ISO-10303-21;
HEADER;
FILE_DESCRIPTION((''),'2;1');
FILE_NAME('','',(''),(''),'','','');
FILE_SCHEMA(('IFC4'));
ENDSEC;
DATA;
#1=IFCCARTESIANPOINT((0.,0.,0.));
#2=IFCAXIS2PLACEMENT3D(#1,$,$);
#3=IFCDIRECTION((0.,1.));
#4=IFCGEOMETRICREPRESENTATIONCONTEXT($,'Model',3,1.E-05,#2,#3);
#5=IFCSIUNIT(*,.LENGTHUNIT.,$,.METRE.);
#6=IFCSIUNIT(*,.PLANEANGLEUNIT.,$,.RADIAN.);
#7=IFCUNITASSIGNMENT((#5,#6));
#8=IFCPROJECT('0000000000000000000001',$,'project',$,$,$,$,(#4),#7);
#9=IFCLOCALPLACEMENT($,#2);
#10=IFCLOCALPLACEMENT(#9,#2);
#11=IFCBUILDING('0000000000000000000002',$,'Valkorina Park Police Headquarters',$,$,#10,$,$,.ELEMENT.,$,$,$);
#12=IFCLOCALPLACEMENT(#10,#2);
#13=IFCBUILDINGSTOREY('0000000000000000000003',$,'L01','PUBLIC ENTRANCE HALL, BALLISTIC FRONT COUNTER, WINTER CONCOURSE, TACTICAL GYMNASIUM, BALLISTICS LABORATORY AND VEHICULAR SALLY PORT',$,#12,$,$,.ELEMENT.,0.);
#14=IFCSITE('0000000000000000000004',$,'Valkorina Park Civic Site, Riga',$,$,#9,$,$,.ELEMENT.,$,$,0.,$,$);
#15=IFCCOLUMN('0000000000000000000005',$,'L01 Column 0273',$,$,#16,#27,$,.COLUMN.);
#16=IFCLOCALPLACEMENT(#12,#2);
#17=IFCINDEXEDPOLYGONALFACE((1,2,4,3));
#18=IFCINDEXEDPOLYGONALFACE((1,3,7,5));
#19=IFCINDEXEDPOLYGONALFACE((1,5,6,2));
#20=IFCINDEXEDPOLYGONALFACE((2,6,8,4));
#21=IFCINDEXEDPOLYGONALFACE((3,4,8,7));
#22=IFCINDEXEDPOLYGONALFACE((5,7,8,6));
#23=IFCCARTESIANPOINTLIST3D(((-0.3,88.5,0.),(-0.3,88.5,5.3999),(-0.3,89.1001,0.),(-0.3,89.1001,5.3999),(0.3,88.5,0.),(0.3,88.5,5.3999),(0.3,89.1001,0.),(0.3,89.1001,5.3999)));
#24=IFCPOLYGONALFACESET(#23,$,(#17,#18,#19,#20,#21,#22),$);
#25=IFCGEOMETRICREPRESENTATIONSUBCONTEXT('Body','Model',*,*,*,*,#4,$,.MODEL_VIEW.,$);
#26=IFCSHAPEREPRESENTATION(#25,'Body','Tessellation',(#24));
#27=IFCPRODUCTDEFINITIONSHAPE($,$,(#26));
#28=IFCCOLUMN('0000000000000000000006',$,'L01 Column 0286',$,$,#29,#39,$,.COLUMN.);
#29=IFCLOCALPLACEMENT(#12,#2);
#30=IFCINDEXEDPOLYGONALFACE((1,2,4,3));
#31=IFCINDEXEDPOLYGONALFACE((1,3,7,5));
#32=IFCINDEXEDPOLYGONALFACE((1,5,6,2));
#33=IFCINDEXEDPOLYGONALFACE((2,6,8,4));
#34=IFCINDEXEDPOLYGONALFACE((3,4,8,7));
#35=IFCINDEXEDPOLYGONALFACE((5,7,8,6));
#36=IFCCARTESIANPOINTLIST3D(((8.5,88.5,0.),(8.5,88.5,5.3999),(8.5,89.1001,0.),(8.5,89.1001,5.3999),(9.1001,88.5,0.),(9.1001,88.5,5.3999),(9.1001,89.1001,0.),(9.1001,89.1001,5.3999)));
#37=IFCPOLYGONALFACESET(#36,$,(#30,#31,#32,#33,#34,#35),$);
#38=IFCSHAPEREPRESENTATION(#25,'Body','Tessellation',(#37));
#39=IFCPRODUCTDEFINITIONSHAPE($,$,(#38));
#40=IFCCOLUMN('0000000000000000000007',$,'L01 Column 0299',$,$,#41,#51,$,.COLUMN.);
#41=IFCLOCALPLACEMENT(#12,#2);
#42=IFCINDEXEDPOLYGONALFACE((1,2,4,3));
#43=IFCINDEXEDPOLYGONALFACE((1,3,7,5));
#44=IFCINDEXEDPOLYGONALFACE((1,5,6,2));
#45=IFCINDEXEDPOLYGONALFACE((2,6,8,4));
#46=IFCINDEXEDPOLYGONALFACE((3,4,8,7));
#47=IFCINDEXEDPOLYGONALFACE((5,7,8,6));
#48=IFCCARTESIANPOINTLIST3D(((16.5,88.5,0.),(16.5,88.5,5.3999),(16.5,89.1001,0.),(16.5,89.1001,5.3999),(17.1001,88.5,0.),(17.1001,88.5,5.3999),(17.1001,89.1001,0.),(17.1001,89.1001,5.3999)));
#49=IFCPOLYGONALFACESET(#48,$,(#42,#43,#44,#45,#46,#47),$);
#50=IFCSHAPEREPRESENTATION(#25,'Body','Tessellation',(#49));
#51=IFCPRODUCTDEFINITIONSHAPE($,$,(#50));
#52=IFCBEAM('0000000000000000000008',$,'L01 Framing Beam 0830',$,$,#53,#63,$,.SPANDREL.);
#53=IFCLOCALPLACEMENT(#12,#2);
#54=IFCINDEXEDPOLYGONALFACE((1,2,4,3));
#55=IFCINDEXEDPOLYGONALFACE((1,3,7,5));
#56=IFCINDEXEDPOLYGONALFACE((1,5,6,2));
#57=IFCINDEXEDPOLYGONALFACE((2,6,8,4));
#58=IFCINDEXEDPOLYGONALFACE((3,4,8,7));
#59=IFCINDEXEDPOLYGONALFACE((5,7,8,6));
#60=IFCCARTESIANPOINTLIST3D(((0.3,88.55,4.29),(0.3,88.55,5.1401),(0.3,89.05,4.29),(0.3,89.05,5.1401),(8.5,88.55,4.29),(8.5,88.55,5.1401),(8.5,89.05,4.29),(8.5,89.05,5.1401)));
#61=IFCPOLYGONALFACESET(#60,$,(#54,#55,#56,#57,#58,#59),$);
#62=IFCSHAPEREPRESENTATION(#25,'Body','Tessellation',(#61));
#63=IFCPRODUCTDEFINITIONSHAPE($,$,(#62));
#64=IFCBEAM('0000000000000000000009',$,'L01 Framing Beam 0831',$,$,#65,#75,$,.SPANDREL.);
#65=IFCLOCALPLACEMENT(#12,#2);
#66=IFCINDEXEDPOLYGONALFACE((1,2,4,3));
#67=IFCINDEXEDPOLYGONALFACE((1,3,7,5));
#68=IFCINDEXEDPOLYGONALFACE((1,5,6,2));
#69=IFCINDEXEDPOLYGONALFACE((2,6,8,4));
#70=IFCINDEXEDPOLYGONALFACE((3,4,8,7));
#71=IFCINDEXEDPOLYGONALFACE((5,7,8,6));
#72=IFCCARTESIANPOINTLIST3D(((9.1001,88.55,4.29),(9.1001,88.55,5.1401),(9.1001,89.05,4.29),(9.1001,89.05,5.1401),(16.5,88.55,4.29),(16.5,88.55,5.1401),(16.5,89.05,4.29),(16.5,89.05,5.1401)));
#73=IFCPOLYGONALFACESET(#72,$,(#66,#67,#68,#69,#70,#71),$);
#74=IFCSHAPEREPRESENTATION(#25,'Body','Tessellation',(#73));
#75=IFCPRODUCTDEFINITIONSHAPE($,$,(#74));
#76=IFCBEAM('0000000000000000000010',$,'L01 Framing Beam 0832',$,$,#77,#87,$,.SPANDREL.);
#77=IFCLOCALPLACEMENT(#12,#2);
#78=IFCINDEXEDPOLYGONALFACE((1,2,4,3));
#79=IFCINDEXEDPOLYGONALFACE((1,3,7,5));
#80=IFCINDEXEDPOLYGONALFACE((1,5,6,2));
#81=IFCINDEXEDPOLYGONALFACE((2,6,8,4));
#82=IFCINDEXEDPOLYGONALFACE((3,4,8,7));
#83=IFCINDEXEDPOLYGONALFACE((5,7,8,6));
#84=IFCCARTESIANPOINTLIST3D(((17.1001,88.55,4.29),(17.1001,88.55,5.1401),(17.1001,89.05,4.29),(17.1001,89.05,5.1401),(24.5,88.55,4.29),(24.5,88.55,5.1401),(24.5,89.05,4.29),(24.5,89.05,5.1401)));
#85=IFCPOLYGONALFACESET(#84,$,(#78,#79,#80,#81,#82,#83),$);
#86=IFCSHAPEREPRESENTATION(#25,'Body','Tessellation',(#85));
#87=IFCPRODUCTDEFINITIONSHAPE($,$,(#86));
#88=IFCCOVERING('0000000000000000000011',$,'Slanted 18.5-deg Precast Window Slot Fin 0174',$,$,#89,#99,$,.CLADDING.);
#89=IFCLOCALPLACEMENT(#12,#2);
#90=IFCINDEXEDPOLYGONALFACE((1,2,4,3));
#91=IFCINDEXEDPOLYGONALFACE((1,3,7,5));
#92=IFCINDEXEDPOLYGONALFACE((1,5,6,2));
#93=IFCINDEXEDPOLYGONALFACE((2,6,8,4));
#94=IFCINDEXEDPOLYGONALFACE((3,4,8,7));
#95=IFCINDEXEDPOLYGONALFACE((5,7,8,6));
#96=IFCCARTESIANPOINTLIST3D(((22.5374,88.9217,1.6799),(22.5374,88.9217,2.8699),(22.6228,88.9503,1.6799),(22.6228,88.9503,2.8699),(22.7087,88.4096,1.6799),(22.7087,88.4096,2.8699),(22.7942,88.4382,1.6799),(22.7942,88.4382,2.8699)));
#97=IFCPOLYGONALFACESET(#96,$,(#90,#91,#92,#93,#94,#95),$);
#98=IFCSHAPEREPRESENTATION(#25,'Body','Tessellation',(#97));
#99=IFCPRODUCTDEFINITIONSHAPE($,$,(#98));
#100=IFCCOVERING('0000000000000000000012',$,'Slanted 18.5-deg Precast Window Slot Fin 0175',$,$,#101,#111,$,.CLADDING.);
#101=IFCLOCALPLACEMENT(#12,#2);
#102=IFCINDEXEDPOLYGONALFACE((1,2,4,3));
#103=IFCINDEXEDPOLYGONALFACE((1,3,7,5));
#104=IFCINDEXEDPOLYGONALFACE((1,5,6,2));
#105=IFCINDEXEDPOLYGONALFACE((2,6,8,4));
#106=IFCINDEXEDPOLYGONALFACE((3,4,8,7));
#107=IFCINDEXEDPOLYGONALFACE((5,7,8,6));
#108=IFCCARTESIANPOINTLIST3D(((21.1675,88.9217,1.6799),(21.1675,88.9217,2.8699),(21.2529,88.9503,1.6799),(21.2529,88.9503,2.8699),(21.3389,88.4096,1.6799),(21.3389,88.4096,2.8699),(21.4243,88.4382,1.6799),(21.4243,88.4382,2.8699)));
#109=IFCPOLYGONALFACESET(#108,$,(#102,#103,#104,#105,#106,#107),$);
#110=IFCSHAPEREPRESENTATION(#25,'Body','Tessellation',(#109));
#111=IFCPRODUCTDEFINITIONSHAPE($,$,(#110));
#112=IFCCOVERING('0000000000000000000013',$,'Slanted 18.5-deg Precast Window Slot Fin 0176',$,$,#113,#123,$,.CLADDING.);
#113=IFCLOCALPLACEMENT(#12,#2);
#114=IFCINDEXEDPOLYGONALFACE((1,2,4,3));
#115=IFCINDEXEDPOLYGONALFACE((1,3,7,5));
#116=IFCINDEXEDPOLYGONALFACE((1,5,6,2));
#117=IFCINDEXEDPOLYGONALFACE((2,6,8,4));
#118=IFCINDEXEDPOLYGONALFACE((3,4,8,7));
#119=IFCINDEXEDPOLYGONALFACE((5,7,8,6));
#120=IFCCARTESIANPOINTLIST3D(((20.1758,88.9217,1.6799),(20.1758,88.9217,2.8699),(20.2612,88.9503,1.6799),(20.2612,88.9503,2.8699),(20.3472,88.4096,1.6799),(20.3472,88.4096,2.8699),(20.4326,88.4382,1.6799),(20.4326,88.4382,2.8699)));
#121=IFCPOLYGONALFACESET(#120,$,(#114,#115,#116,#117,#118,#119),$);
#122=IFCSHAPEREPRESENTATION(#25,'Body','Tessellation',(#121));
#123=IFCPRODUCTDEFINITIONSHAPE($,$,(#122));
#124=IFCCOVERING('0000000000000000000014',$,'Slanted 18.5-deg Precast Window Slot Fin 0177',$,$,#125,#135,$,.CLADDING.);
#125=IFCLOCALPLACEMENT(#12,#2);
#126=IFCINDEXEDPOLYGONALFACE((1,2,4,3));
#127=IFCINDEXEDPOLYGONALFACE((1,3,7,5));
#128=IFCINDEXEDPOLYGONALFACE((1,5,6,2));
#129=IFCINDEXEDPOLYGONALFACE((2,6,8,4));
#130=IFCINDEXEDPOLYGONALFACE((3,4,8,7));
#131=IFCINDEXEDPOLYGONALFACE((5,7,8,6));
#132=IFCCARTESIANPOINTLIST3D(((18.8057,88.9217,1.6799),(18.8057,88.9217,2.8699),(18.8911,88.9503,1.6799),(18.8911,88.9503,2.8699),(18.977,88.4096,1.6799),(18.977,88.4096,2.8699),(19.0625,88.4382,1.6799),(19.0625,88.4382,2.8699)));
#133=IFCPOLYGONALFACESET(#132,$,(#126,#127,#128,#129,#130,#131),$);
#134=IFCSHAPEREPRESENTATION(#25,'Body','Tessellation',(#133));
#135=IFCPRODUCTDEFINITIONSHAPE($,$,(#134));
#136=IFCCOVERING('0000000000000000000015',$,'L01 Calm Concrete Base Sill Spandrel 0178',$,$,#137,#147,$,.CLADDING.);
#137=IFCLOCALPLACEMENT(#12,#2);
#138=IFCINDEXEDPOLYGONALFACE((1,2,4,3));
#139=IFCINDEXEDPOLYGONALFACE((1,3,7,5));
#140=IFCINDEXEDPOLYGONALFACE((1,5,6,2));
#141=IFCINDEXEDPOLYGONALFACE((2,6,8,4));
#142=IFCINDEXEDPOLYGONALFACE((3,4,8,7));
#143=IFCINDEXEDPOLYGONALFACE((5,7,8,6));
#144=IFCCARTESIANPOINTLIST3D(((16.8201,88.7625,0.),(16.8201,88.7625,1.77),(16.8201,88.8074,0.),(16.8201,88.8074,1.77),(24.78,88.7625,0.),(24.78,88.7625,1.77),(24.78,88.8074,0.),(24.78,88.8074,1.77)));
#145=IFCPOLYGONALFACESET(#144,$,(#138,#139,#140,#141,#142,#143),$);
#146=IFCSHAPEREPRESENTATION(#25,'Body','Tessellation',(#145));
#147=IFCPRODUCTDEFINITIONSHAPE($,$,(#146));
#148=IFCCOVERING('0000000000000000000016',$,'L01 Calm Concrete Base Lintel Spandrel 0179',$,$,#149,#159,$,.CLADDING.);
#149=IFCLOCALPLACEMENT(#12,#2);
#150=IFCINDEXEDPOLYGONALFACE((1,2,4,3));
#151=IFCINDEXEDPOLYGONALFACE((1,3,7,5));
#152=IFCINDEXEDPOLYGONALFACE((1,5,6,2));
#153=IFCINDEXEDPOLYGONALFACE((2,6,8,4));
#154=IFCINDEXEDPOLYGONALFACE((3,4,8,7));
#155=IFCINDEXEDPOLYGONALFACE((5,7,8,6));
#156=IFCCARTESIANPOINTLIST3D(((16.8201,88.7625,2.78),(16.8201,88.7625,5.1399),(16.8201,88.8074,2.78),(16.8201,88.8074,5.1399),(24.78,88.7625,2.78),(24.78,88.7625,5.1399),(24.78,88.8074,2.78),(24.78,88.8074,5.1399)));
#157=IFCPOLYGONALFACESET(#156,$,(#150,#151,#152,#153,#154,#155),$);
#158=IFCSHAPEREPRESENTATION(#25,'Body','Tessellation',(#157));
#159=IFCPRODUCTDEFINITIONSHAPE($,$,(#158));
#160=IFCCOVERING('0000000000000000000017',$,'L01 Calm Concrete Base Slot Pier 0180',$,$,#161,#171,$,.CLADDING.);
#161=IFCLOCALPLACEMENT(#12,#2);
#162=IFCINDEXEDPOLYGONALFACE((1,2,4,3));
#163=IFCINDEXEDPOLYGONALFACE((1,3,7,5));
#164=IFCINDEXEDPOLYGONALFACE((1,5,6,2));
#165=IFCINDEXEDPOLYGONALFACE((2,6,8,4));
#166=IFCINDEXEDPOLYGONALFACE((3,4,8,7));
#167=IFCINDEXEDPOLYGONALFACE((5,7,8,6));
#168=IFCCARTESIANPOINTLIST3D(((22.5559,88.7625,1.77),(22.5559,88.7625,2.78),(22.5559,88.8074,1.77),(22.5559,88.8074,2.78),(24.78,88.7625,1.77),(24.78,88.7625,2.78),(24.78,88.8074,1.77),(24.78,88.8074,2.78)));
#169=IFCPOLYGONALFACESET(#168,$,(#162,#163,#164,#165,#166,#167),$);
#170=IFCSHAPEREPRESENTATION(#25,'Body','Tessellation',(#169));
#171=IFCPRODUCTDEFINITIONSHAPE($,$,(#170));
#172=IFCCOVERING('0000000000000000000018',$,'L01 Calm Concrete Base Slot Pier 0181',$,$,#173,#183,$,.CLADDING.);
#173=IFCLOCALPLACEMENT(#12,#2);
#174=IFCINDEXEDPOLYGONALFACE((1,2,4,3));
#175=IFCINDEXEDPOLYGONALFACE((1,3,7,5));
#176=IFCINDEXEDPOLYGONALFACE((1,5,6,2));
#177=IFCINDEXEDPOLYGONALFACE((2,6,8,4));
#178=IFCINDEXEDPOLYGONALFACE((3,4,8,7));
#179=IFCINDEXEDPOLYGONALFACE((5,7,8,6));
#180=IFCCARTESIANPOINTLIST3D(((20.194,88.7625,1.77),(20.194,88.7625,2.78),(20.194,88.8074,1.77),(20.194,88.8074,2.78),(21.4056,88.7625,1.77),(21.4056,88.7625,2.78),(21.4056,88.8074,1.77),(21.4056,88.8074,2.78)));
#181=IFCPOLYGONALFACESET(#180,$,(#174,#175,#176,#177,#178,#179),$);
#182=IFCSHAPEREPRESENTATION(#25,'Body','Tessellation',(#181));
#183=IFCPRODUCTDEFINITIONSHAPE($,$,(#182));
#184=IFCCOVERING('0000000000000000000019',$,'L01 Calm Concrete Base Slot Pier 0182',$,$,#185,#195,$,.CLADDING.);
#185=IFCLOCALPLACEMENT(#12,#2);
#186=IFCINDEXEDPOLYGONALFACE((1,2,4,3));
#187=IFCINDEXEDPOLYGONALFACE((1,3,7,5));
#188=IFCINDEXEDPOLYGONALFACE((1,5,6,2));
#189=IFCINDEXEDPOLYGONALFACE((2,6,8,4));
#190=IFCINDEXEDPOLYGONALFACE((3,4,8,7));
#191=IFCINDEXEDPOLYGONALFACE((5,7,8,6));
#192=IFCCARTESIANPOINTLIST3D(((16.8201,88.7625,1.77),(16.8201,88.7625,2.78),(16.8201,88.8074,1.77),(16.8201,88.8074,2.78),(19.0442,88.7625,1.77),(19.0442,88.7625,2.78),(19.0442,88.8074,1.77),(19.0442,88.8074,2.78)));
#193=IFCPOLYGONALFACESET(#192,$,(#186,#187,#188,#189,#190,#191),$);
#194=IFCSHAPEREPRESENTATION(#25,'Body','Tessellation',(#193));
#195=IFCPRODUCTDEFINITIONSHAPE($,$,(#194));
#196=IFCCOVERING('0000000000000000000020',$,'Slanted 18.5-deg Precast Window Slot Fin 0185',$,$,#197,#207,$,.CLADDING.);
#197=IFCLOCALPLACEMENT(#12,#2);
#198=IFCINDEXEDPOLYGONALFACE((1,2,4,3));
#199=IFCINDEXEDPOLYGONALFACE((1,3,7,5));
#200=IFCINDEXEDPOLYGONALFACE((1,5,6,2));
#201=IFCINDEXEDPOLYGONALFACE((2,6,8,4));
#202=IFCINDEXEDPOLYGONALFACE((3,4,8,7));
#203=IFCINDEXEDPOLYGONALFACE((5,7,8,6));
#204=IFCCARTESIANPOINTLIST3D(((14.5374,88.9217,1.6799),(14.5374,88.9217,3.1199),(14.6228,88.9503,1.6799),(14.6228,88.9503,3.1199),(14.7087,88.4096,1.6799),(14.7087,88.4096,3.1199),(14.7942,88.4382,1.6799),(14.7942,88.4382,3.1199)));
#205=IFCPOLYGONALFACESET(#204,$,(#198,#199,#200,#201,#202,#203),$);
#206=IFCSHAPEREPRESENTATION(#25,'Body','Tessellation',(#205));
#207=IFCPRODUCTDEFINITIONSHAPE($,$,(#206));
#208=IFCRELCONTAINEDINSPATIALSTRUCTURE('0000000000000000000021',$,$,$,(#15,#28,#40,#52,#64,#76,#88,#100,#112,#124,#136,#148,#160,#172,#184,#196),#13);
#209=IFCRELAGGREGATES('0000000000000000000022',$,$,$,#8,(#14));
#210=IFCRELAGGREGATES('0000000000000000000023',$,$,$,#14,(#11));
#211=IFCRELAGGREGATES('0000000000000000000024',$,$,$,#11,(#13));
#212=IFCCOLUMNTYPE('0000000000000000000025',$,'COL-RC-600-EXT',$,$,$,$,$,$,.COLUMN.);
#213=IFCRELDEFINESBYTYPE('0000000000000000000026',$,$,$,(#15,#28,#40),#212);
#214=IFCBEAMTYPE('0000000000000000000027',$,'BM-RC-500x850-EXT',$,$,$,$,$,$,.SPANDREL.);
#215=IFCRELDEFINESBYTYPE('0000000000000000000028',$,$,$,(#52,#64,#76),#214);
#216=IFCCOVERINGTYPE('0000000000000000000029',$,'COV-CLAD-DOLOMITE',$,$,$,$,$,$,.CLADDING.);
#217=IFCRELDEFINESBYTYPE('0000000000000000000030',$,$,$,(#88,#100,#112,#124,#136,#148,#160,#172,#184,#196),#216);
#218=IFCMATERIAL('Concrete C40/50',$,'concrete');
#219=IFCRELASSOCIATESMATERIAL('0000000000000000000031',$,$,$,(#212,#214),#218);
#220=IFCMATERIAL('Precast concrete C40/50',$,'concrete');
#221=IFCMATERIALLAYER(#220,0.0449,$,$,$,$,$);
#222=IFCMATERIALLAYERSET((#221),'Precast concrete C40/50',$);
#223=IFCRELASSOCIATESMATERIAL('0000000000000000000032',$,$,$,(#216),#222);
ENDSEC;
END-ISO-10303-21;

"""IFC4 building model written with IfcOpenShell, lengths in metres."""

from ifc_helpers import new_model, si_unit, direction, frame, frame_2d, origin, origin_2d, place, context, subcontext, project, spatial, rectangle, extrude, material, layer, layer_set, material_profile, profile_set, type_object, element, save


model = new_model("IFC4")

# Units and contexts
model_context = context("Model", 3, precision=1e-05, world=origin(), true_north=direction((0.0, 1.0)))
body_context = subcontext(model_context, "Body", "Model", "MODEL_VIEW")
ifc_project = project(units=[si_unit("LENGTHUNIT", "METRE"), si_unit("PLANEANGLEUNIT", "RADIAN")], contexts=[model_context])

# Site, building, storey
site_placement = place(None, origin())
site = spatial("IfcSite", under=ifc_project, at=site_placement, Name="Valkorina Park Civic Site, Riga", CompositionType="ELEMENT", RefElevation=0.0)
building_placement = place(site_placement, origin())
building = spatial("IfcBuilding", under=site, at=building_placement, Name="Valkorina Park Police Headquarters", CompositionType="ELEMENT")
storey_placement = place(building_placement, origin())
storey = spatial("IfcBuildingStorey", under=building, at=storey_placement, Name="L01", Description="PUBLIC ENTRANCE HALL, BALLISTIC FRONT COUNTER, WINTER CONCOURSE, TACTICAL GYMNASIUM, BALLISTICS LABORATORY AND VEHICULAR SALLY PORT", CompositionType="ELEMENT", Elevation=0.0)

# Columns
ifc_material_1 = material(Name="Concrete C40/50", Category="concrete")
ifc_material_profile_1 = material_profile(ifc_material_1, rectangle(XDim=0.6001, YDim=0.6001, at=origin_2d()), Name="RC COL 600x600")
ifc_profile_set_1 = profile_set([ifc_material_profile_1], Name="Concrete C40/50")
column_type = type_object("IfcColumnType", Name="COL-RC-600-EXT", PredefinedType="COLUMN", material=ifc_profile_set_1)
for number, where, z_axis, x_axis, name in (
    (1, (0.0, 88.8, 0.0), (0.0, 0.0, 1.0), (1.0, 0.0, 0.0), "L01 Column 0273"),
    (2, (8.8, 88.8, 0.0), (0.0, 0.0, 1.0), (1.0, 0.0, 0.0), "L01 Column 0286"),
    (3, (16.8, 88.8, 0.0), (0.0, 0.0, 1.0), (1.0, 0.0, 0.0), "L01 Column 0299"),
):
    element("IfcColumn", number, at=place(storey_placement, frame(where, z_axis=z_axis, x_axis=x_axis)), inside=storey, type_object=column_type, Name=name, PredefinedType="COLUMN", context=body_context, shape_type="SweptSolid", body=[
        extrude(rectangle(XDim=0.6001, YDim=0.6001, at=origin_2d()), origin(), (0.0, 0.0, 1.0), 5.3999),
    ])

# Beams
ifc_material_profile_2 = material_profile(ifc_material_1, rectangle(XDim=0.5, YDim=0.8501, at=origin_2d()), Name="RC BEAM 500x850")
ifc_profile_set_2 = profile_set([ifc_material_profile_2], Name="Concrete C40/50")
beam_type = type_object("IfcBeamType", Name="BM-RC-500x850-EXT", PredefinedType="SPANDREL", material=ifc_profile_set_2)
beam_placement = place(storey_placement, frame((0.3, 88.8, 4.7151), z_axis=(1.0, 0.0, 0.0), x_axis=(0.0, 1.0, 0.0)))
element("IfcBeam", 4, at=beam_placement, inside=storey, type_object=beam_type, Name="L01 Framing Beam 0830", PredefinedType="SPANDREL", context=body_context, shape_type="SweptSolid", body=[
    extrude(rectangle(XDim=0.5, YDim=0.8501, at=origin_2d()), origin(), (0.0, 0.0, 1.0), 8.2),
])
for number, where, z_axis, x_axis, name in (
    (5, (9.1001, 88.8, 4.7151), (1.0, 0.0, 0.0), (0.0, 1.0, 0.0), "L01 Framing Beam 0831"),
    (6, (17.1001, 88.8, 4.7151), (1.0, 0.0, 0.0), (0.0, 1.0, 0.0), "L01 Framing Beam 0832"),
):
    element("IfcBeam", number, at=place(storey_placement, frame(where, z_axis=z_axis, x_axis=x_axis)), inside=storey, type_object=beam_type, Name=name, PredefinedType="SPANDREL", context=body_context, shape_type="SweptSolid", body=[
        extrude(rectangle(XDim=0.5, YDim=0.8501, at=origin_2d()), origin(), (0.0, 0.0, 1.0), 7.3999),
    ])

# Coverings
ifc_material_2 = material(Name="Precast concrete C40/50", Category="concrete")
ifc_layer = layer(ifc_material_2, 0.0449)
ifc_layer_set = layer_set([ifc_layer], Name="Precast concrete C40/50")
covering_type = type_object("IfcCoveringType", Name="COV-CLAD-DOLOMITE", PredefinedType="CLADDING", material=ifc_layer_set)
for number, where, z_axis, x_axis, name in (
    (7, (22.6658, 88.6799, 1.6799), (0.0, 0.0, 1.0), (0.317305, -0.948324, 0.0), "Slanted 18.5-deg Precast Window Slot Fin 0174"),
    (8, (21.2959, 88.6799, 1.6799), (0.0, 0.0, 1.0), (0.317305, -0.948324, 0.0), "Slanted 18.5-deg Precast Window Slot Fin 0175"),
    (9, (20.3042, 88.6799, 1.6799), (0.0, 0.0, 1.0), (0.317305, -0.948324, 0.0), "Slanted 18.5-deg Precast Window Slot Fin 0176"),
    (10, (18.9341, 88.6799, 1.6799), (0.0, 0.0, 1.0), (0.317305, -0.948324, 0.0), "Slanted 18.5-deg Precast Window Slot Fin 0177"),
):
    element("IfcCovering", number, at=place(storey_placement, frame(where, z_axis=z_axis, x_axis=x_axis)), inside=storey, type_object=covering_type, Name=name, PredefinedType="CLADDING", context=body_context, shape_type="SweptSolid", body=[
        extrude(rectangle(XDim=0.54, YDim=0.0901, at=origin_2d()), origin(), (0.0, 0.0, 1.0), 1.1899),
    ])
covering_1_placement = place(storey_placement, frame((24.78, 88.7849, 0.0), z_axis=(0.0, 0.0, 1.0), x_axis=(-1.0, 0.0, 0.0)))
element("IfcCovering", 11, at=covering_1_placement, inside=storey, type_object=covering_type, Name="L01 Calm Concrete Base Sill Spandrel 0178", PredefinedType="CLADDING", context=body_context, shape_type="SweptSolid", body=[
    extrude(rectangle(XDim=7.96, YDim=0.0449, at=frame_2d((3.98, 0.0))), origin(), (0.0, 0.0, 1.0), 1.77),
])
covering_2_placement = place(storey_placement, frame((24.78, 88.7849, 2.78), z_axis=(0.0, 0.0, 1.0), x_axis=(-1.0, 0.0, 0.0)))
element("IfcCovering", 12, at=covering_2_placement, inside=storey, type_object=covering_type, Name="L01 Calm Concrete Base Lintel Spandrel 0179", PredefinedType="CLADDING", context=body_context, shape_type="SweptSolid", body=[
    extrude(rectangle(XDim=7.96, YDim=0.0449, at=frame_2d((3.98, 0.0))), origin(), (0.0, 0.0, 1.0), 2.3599),
])
covering_3_placement = place(storey_placement, frame((24.78, 88.7849, 1.77), z_axis=(0.0, 0.0, 1.0), x_axis=(-1.0, 0.0, 0.0)))
element("IfcCovering", 13, at=covering_3_placement, inside=storey, type_object=covering_type, Name="L01 Calm Concrete Base Slot Pier 0180", PredefinedType="CLADDING", context=body_context, shape_type="SweptSolid", body=[
    extrude(rectangle(XDim=2.2241, YDim=0.0449, at=frame_2d((1.1121, 0.0))), origin(), (0.0, 0.0, 1.0), 1.01),
])
covering_4_placement = place(storey_placement, frame((21.4058, 88.7849, 1.77), z_axis=(0.0, 0.0, 1.0), x_axis=(-1.0, 0.0, 0.0)))
element("IfcCovering", 14, at=covering_4_placement, inside=storey, type_object=covering_type, Name="L01 Calm Concrete Base Slot Pier 0181", PredefinedType="CLADDING", context=body_context, shape_type="SweptSolid", body=[
    extrude(rectangle(XDim=1.2117, YDim=0.0449, at=frame_2d((0.606, 0.0))), origin(), (0.0, 0.0, 1.0), 1.01),
])
covering_5_placement = place(storey_placement, frame((19.0442, 88.7849, 1.77), z_axis=(0.0, 0.0, 1.0), x_axis=(-1.0, 0.0, 0.0)))
element("IfcCovering", 15, at=covering_5_placement, inside=storey, type_object=covering_type, Name="L01 Calm Concrete Base Slot Pier 0182", PredefinedType="CLADDING", context=body_context, shape_type="SweptSolid", body=[
    extrude(rectangle(XDim=2.2241, YDim=0.0449, at=frame_2d((1.1121, 0.0))), origin(), (0.0, 0.0, 1.0), 1.01),
])
for number, where, z_axis, x_axis, name in (
    (16, (14.6658, 88.6799, 1.6799), (0.0, 0.0, 1.0), (0.317305, -0.948324, 0.0), "Slanted 18.5-deg Precast Window Slot Fin 0185"),
):
    element("IfcCovering", number, at=place(storey_placement, frame(where, z_axis=z_axis, x_axis=x_axis)), inside=storey, type_object=covering_type, Name=name, PredefinedType="CLADDING", context=body_context, shape_type="SweptSolid", body=[
        extrude(rectangle(XDim=0.54, YDim=0.0901, at=origin_2d()), origin(), (0.0, 0.0, 1.0), 1.4399),
    ])

save(model, "model.ifc")
